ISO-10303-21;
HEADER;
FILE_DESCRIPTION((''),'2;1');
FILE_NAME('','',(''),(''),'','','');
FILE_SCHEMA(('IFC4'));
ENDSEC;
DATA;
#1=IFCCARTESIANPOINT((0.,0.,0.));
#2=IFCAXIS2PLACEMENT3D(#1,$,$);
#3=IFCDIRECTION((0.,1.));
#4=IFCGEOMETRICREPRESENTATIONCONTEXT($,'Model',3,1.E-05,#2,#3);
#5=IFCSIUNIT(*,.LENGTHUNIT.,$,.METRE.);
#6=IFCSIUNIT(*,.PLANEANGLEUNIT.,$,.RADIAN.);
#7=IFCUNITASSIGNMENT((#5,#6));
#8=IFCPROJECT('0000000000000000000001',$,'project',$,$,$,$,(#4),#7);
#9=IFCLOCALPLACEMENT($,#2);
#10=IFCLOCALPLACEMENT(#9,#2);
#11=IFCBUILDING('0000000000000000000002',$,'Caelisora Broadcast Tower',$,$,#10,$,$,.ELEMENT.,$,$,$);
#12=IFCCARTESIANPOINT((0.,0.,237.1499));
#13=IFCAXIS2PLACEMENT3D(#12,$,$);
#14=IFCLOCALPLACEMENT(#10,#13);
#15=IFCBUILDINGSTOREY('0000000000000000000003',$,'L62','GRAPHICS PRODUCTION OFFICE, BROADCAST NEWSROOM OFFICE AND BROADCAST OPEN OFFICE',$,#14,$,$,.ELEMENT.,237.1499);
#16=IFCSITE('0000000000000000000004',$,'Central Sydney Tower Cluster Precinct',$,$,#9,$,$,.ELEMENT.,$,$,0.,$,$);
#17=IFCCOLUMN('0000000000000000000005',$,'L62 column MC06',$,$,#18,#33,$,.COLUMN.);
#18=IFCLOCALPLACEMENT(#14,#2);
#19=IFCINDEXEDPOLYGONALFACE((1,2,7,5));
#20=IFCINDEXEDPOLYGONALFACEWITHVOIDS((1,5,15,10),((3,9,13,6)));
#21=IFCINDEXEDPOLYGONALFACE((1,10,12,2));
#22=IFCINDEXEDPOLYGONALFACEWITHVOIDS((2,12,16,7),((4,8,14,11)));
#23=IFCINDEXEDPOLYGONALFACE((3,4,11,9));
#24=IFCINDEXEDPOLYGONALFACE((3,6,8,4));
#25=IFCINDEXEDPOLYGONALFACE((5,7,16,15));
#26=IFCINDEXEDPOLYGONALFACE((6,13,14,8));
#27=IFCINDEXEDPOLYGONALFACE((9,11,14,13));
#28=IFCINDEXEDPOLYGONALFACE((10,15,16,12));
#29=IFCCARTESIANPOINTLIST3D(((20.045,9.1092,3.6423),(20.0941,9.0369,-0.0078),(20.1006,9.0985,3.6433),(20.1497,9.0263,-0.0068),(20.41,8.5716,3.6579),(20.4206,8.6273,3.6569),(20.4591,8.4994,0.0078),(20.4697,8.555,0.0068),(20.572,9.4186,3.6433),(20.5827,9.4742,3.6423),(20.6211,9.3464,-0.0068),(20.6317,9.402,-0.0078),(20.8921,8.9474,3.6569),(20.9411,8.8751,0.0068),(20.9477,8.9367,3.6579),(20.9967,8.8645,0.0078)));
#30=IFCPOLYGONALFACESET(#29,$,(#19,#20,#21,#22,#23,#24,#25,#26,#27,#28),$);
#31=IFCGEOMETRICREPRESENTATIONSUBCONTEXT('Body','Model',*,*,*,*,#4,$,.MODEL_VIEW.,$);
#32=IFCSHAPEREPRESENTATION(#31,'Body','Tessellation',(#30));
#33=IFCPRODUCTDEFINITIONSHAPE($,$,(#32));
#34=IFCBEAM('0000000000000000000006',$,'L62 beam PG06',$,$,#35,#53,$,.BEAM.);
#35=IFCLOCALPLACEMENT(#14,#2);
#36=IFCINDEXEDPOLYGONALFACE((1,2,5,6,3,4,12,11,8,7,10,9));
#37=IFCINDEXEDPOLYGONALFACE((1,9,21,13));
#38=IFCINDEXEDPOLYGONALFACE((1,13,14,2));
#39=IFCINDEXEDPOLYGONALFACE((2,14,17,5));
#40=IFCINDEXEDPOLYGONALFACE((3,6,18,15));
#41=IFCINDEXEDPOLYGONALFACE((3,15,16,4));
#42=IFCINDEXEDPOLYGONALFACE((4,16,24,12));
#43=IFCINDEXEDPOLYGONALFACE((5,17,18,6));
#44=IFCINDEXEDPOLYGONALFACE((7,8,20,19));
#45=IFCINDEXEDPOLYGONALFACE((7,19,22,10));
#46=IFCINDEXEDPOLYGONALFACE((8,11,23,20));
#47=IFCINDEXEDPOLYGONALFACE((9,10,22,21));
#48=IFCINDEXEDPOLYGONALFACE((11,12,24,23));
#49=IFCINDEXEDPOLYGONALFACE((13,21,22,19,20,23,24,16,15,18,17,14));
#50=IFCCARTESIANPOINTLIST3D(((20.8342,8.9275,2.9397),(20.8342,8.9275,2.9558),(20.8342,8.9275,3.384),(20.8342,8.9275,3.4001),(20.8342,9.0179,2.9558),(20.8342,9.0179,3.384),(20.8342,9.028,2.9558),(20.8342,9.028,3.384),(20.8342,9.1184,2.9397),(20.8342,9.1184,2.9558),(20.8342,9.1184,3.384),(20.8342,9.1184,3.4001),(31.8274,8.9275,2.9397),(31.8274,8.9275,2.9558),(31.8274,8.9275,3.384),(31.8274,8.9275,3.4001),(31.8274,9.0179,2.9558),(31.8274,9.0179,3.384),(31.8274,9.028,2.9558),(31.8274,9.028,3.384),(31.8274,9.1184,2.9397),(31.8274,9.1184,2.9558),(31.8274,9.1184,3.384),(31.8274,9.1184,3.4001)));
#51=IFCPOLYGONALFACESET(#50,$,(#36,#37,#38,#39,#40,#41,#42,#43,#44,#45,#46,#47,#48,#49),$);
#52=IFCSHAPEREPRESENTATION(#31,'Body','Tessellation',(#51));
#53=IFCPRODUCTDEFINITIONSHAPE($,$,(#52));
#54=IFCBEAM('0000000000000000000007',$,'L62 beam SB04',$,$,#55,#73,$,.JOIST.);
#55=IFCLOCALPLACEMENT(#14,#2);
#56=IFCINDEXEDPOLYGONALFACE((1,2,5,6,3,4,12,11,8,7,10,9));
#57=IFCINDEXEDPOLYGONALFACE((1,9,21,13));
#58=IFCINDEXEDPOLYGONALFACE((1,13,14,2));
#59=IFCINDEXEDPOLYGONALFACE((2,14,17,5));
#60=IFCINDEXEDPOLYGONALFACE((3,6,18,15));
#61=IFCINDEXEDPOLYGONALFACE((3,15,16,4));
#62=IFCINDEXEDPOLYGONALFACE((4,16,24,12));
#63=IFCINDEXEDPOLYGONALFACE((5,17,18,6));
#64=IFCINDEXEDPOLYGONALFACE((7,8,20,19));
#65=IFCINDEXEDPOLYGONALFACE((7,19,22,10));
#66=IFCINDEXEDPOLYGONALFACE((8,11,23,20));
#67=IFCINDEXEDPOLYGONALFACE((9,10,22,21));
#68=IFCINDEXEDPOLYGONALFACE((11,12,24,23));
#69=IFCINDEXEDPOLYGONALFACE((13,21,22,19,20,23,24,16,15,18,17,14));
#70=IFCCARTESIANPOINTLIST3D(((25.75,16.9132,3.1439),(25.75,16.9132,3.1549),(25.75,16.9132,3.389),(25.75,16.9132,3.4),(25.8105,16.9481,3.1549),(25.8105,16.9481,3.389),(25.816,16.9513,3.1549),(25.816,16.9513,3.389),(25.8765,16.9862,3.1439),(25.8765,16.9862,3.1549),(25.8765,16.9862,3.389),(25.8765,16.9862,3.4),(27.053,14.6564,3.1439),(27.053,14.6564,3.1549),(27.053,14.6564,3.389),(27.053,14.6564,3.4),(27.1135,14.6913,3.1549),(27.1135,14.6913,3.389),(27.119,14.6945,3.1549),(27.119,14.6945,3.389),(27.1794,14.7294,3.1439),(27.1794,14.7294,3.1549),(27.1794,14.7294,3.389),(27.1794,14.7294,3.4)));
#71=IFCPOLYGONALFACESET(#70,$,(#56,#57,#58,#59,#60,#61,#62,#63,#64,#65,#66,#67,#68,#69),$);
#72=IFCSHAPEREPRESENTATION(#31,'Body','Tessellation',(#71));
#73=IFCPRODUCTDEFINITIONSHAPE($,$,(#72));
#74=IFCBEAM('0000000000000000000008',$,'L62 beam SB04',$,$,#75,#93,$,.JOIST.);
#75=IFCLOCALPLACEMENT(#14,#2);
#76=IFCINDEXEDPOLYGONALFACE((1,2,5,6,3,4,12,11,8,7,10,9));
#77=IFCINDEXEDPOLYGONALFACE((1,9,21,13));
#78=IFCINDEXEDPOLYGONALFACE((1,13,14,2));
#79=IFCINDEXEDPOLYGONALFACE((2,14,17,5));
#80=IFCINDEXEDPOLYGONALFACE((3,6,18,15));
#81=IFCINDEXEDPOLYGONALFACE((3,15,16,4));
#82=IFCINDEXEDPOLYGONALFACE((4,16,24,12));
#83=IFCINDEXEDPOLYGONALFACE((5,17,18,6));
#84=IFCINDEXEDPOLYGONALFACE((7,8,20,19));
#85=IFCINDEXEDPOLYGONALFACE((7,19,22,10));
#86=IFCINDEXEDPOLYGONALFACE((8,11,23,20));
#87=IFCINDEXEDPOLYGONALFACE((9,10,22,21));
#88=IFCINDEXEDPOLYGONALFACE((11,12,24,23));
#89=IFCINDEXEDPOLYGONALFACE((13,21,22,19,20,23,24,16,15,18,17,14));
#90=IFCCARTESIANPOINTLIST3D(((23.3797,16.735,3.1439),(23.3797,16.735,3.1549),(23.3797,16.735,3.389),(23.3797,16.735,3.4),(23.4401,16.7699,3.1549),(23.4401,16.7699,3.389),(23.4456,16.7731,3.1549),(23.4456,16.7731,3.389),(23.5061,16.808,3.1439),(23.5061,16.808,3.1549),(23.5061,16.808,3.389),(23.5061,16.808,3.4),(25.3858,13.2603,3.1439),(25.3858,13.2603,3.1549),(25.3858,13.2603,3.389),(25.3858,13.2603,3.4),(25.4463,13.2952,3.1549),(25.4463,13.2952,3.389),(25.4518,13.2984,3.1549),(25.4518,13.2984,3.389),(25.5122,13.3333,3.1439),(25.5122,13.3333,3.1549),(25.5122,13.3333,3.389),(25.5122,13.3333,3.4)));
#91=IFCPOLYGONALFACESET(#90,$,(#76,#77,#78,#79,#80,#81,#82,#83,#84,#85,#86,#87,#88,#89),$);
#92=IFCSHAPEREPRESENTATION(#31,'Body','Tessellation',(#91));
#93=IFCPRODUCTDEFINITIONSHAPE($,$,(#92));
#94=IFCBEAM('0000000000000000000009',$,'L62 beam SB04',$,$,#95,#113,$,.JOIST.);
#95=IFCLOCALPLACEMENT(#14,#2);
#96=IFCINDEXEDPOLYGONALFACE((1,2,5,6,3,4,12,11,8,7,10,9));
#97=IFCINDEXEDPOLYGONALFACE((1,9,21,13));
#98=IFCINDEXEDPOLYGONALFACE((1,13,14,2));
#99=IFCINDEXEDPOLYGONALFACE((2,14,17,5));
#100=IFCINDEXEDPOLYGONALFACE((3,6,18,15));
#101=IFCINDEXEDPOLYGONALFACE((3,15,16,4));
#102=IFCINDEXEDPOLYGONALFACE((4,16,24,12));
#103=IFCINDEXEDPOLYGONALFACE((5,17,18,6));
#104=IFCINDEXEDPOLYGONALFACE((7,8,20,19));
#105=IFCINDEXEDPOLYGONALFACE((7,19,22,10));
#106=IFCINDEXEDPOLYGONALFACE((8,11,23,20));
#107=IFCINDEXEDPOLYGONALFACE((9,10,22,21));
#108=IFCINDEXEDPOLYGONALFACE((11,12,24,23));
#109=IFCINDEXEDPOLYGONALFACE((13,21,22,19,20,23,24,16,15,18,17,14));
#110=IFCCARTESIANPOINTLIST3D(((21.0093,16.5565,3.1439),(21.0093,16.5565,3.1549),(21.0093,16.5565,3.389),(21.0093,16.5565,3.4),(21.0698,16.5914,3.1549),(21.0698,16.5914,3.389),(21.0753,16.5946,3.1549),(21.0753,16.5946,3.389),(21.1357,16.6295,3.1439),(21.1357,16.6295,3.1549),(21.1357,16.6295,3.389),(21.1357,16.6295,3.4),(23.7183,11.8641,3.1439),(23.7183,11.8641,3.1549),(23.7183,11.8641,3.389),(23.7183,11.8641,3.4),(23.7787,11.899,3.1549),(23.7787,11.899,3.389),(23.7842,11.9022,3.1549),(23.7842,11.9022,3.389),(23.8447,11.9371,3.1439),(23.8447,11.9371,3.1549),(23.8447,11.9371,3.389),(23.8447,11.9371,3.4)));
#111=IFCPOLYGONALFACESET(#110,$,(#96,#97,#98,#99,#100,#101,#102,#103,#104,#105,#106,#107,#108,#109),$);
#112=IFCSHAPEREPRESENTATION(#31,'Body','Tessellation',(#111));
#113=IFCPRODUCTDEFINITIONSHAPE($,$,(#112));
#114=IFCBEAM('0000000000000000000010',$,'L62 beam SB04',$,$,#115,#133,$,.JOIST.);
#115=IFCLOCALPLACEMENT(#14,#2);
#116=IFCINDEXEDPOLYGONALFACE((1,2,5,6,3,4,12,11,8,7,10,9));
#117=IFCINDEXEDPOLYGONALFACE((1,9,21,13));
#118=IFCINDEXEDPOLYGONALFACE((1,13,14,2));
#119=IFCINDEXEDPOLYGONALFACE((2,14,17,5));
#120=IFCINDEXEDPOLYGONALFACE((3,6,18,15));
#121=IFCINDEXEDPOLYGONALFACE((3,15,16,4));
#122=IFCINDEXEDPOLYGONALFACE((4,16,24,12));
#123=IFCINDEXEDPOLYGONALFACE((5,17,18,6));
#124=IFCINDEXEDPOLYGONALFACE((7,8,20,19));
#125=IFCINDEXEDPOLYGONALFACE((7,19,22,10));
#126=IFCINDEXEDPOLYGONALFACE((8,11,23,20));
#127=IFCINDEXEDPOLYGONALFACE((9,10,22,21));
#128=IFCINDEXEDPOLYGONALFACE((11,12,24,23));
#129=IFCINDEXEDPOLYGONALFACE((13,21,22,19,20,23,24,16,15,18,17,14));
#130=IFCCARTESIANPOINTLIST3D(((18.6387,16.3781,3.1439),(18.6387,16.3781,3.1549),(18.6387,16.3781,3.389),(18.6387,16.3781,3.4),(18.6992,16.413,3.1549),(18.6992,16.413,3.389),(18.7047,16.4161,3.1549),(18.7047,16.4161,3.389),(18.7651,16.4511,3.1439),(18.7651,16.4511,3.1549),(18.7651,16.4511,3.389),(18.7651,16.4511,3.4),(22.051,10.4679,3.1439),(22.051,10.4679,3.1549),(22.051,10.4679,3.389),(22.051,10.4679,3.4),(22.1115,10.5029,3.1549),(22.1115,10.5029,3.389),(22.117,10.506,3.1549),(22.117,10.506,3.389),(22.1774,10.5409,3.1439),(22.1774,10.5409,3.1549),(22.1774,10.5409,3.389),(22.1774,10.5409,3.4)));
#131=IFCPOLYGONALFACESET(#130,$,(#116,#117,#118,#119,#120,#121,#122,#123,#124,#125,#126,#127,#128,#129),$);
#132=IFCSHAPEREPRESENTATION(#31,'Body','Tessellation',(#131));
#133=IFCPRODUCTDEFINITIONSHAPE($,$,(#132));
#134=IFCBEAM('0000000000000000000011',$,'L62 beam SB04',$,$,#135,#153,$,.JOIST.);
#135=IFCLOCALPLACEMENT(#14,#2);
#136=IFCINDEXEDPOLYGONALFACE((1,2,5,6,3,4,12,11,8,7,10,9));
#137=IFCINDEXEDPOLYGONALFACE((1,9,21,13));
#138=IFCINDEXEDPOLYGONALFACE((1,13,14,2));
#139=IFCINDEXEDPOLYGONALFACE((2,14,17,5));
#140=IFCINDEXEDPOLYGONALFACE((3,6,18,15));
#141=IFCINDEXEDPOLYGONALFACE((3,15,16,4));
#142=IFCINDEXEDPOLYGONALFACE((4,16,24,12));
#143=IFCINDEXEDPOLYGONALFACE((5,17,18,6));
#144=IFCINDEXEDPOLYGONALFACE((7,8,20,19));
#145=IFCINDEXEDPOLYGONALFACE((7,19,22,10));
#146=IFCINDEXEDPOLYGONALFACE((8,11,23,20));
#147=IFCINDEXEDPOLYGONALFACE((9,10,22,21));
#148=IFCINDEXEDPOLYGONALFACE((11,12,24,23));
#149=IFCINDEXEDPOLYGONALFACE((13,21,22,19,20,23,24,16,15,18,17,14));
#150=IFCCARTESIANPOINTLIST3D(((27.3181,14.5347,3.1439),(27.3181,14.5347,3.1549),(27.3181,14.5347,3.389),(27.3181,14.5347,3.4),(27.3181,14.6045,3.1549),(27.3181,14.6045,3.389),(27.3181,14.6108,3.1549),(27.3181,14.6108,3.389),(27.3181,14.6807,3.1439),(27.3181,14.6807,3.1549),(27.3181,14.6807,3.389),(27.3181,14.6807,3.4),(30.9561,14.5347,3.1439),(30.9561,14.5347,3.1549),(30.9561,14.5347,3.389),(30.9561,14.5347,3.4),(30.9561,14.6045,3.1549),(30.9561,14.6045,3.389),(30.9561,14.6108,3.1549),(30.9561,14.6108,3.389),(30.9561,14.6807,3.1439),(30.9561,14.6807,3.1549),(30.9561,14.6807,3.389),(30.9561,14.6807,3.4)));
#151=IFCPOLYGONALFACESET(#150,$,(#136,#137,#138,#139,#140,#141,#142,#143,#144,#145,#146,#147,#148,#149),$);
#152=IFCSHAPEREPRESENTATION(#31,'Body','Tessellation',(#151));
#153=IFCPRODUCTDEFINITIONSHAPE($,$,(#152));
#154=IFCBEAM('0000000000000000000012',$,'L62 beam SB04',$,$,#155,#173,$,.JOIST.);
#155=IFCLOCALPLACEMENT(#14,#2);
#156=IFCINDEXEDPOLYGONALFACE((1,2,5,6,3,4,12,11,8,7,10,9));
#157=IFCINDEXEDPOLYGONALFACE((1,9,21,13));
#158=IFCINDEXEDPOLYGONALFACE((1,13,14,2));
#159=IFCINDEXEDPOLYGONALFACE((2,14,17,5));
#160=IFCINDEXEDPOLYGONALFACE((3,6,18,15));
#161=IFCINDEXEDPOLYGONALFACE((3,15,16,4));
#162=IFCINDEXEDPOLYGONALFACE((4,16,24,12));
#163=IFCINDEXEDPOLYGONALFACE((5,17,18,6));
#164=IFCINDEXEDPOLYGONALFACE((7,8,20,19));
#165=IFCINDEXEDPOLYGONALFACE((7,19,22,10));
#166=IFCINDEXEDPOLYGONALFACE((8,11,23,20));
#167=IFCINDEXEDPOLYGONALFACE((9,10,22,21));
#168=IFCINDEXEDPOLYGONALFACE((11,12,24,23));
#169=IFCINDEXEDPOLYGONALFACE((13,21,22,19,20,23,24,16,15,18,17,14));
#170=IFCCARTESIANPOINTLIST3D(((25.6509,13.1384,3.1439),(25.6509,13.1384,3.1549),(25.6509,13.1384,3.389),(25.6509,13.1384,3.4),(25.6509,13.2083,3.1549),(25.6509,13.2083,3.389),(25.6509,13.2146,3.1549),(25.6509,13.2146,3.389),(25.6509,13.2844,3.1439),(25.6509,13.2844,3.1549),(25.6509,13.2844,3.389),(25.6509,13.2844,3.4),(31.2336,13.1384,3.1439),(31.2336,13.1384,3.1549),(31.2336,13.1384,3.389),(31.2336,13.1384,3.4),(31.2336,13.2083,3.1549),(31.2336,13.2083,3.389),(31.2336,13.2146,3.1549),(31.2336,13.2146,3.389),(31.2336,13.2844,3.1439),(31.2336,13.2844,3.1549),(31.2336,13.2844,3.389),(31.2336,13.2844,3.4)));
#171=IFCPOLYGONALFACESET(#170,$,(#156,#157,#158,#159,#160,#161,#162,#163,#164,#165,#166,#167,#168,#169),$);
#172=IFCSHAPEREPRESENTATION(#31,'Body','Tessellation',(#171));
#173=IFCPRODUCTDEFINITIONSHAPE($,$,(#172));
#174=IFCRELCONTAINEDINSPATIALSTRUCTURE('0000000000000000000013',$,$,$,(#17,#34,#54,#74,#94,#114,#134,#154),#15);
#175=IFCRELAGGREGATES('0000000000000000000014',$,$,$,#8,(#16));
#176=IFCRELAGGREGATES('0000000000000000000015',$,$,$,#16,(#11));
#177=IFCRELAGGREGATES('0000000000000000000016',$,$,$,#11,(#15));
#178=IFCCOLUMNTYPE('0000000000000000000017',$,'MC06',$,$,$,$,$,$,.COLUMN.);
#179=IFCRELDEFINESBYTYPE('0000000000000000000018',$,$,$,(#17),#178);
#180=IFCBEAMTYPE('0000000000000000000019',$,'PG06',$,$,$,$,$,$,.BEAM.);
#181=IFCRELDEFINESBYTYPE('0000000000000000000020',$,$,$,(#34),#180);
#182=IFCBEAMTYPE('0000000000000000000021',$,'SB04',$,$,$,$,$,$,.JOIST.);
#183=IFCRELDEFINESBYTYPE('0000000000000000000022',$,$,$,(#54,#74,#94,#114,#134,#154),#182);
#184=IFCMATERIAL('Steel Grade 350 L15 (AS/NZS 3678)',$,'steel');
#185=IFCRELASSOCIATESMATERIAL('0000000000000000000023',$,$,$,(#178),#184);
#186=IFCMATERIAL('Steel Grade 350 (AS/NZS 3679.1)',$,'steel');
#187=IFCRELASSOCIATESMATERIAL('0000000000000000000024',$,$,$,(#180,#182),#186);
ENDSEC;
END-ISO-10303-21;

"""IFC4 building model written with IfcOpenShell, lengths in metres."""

from ifc_helpers import new_model, si_unit, direction, frame, origin, origin_2d, place, context, subcontext, project, spatial, hollow_rectangle, i_section, extrude, source, transform, mapped, material, material_profile, profile_set, type_object, type_shapes, element, save


model = new_model("IFC4")

# Units and contexts
model_context = context("Model", 3, precision=1e-05, world=origin(), true_north=direction((0.0, 1.0)))
body_context = subcontext(model_context, "Body", "Model", "MODEL_VIEW")
ifc_project = project(units=[si_unit("LENGTHUNIT", "METRE"), si_unit("PLANEANGLEUNIT", "RADIAN")], contexts=[model_context])

# Site, building, storey
site_placement = place(None, origin())
site = spatial("IfcSite", under=ifc_project, at=site_placement, Name="Central Sydney Tower Cluster Precinct", CompositionType="ELEMENT", RefElevation=0.0)
building_placement = place(site_placement, origin())
building = spatial("IfcBuilding", under=site, at=building_placement, Name="Caelisora Broadcast Tower", CompositionType="ELEMENT")
storey_placement = place(building_placement, frame((0.0, 0.0, 237.1499)))
storey = spatial("IfcBuildingStorey", under=building, at=storey_placement, Name="L62", Description="GRAPHICS PRODUCTION OFFICE, BROADCAST NEWSROOM OFFICE AND BROADCAST OPEN OFFICE", CompositionType="ELEMENT", Elevation=237.1499)

# Column
ifc_material_1 = material(Name="Steel Grade 350 L15 (AS/NZS 3678)", Category="steel")
ifc_material_profile_1 = material_profile(ifc_material_1, hollow_rectangle(XDim=0.6499, YDim=0.6499, WallThickness=0.04, at=origin_2d()), Name="Steel Grade 350 L15 (AS/NZS 3678)")
ifc_profile_set_1 = profile_set([ifc_material_profile_1], Name="Steel Grade 350 L15 (AS/NZS 3678)")
column_type = type_object("IfcColumnType", Name="MC06", PredefinedType="COLUMN", material=ifc_profile_set_1)
shared_shape_1 = source(origin(), body_context, "Body", "SweptSolid", [
    extrude(hollow_rectangle(XDim=0.6499, YDim=0.6499, WallThickness=0.04, at=origin_2d()), origin(), (0.0, 0.0, 1.0), 3.6511),
])
type_shapes(column_type, [shared_shape_1])
column_placement = place(storey_placement, frame((20.5454, 8.9507, 0.0), z_axis=(-0.01344, 0.019792, 0.999714), x_axis=(-0.82729, -0.561775, 0.0)))
element("IfcColumn", 1, at=column_placement, inside=storey, type_object=column_type, Name="L62 column MC06", PredefinedType="COLUMN", context=body_context, shape_type="MappedRepresentation", body=[
    mapped(shared_shape_1, transform((0.0, 0.0, 0.0), scale=1.0)),
])

# Beams
ifc_material_2 = material(Name="Steel Grade 350 (AS/NZS 3679.1)", Category="steel")
ifc_material_profile_2 = material_profile(ifc_material_2, i_section(OverallWidth=0.1909, OverallDepth=0.4604, WebThickness=0.01, FlangeThickness=0.0161, at=origin_2d()), Name="Steel Grade 350 (AS/NZS 3679.1)")
ifc_profile_set_2 = profile_set([ifc_material_profile_2], Name="Steel Grade 350 (AS/NZS 3679.1)")
beam_type_1 = type_object("IfcBeamType", Name="PG06", PredefinedType="BEAM", material=ifc_profile_set_2)
shared_shape_2 = source(origin(), body_context, "Body", "SweptSolid", [
    extrude(i_section(OverallWidth=0.1909, OverallDepth=0.4604, WebThickness=0.01, FlangeThickness=0.0161, at=origin_2d()), origin(), (0.0, 0.0, 1.0), 10.9932),
])
type_shapes(beam_type_1, [shared_shape_2])
beam_1_placement = place(storey_placement, frame((20.8342, 9.0229, 3.1699), z_axis=(1.0, 0.0, 0.0), x_axis=(0.0, 1.0, 0.0)))
element("IfcBeam", 2, at=beam_1_placement, inside=storey, type_object=beam_type_1, Name="L62 beam PG06", PredefinedType="BEAM", context=body_context, shape_type="MappedRepresentation", body=[
    mapped(shared_shape_2, transform((0.0, 0.0, 0.0), scale=1.0)),
])
ifc_material_profile_3 = material_profile(ifc_material_2, i_section(OverallWidth=0.146, OverallDepth=0.2561, WebThickness=0.0063, FlangeThickness=0.011, at=origin_2d()), Name="Steel Grade 350 (AS/NZS 3679.1)")
ifc_profile_set_3 = profile_set([ifc_material_profile_3], Name="Steel Grade 350 (AS/NZS 3679.1)")
beam_type_2 = type_object("IfcBeamType", Name="SB04", PredefinedType="JOIST", material=ifc_profile_set_3)
shared_shape_3 = source(origin(), body_context, "Body", "SweptSolid", [
    extrude(i_section(OverallWidth=0.146, OverallDepth=0.2561, WebThickness=0.0063, FlangeThickness=0.011, at=origin_2d()), origin(), (0.0, 0.0, 1.0), 2.606),
])
beam_2_placement = place(storey_placement, frame((25.8132, 16.9497, 3.272), z_axis=(0.499998, -0.866026, 0.0), x_axis=(0.866026, 0.499998, 0.0)))
element("IfcBeam", 3, at=beam_2_placement, inside=storey, type_object=beam_type_2, Name="L62 beam SB04", PredefinedType="JOIST", context=body_context, shape_type="MappedRepresentation", body=[
    mapped(shared_shape_3, transform((0.0, 0.0, 0.0), scale=1.0)),
])
shared_shape_4 = source(origin(), body_context, "Body", "SweptSolid", [
    extrude(i_section(OverallWidth=0.146, OverallDepth=0.2561, WebThickness=0.0063, FlangeThickness=0.011, at=origin_2d()), origin(), (0.0, 0.0, 1.0), 4.0122),
])
beam_3_placement = place(storey_placement, frame((23.4429, 16.7715, 3.272), z_axis=(0.500007, -0.866021, 0.0), x_axis=(0.866021, 0.500007, 0.0)))
element("IfcBeam", 4, at=beam_3_placement, inside=storey, type_object=beam_type_2, Name="L62 beam SB04", PredefinedType="JOIST", context=body_context, shape_type="MappedRepresentation", body=[
    mapped(shared_shape_4, transform((0.0, 0.0, 0.0), scale=1.0)),
])
shared_shape_5 = source(origin(), body_context, "Body", "SweptSolid", [
    extrude(i_section(OverallWidth=0.146, OverallDepth=0.2561, WebThickness=0.0063, FlangeThickness=0.011, at=origin_2d()), origin(), (0.0, 0.0, 1.0), 5.4182),
])
beam_4_placement = place(storey_placement, frame((21.0725, 16.593, 3.272), z_axis=(0.499977, -0.866039, 0.0), x_axis=(0.866039, 0.499977, 0.0)))
element("IfcBeam", 5, at=beam_4_placement, inside=storey, type_object=beam_type_2, Name="L62 beam SB04", PredefinedType="JOIST", context=body_context, shape_type="MappedRepresentation", body=[
    mapped(shared_shape_5, transform((0.0, 0.0, 0.0), scale=1.0)),
])
shared_shape_6 = source(origin(), body_context, "Body", "SweptSolid", [
    extrude(i_section(OverallWidth=0.146, OverallDepth=0.2561, WebThickness=0.0063, FlangeThickness=0.011, at=origin_2d()), origin(), (0.0, 0.0, 1.0), 6.8245),
])
beam_5_placement = place(storey_placement, frame((18.7019, 16.4146, 3.272), z_axis=(0.500014, -0.866018, 0.0), x_axis=(0.866018, 0.500014, 0.0)))
element("IfcBeam", 6, at=beam_5_placement, inside=storey, type_object=beam_type_2, Name="L62 beam SB04", PredefinedType="JOIST", context=body_context, shape_type="MappedRepresentation", body=[
    mapped(shared_shape_6, transform((0.0, 0.0, 0.0), scale=1.0)),
])
shared_shape_7 = source(origin(), body_context, "Body", "SweptSolid", [
    extrude(i_section(OverallWidth=0.146, OverallDepth=0.2561, WebThickness=0.0063, FlangeThickness=0.011, at=origin_2d()), origin(), (0.0, 0.0, 1.0), 3.6379),
])
beam_6_placement = place(storey_placement, frame((27.3181, 14.6077, 3.272), z_axis=(1.0, 0.0, 0.0), x_axis=(0.0, 1.0, 0.0)))
element("IfcBeam", 7, at=beam_6_placement, inside=storey, type_object=beam_type_2, Name="L62 beam SB04", PredefinedType="JOIST", context=body_context, shape_type="MappedRepresentation", body=[
    mapped(shared_shape_7, transform((0.0, 0.0, 0.0), scale=1.0)),
])
shared_shape_8 = source(origin(), body_context, "Body", "SweptSolid", [
    extrude(i_section(OverallWidth=0.146, OverallDepth=0.2561, WebThickness=0.0063, FlangeThickness=0.011, at=origin_2d()), origin(), (0.0, 0.0, 1.0), 5.5828),
])
beam_7_placement = place(storey_placement, frame((25.6509, 13.2114, 3.272), z_axis=(1.0, 0.0, 0.0), x_axis=(0.0, 1.0, 0.0)))
element("IfcBeam", 8, at=beam_7_placement, inside=storey, type_object=beam_type_2, Name="L62 beam SB04", PredefinedType="JOIST", context=body_context, shape_type="MappedRepresentation", body=[
    mapped(shared_shape_8, transform((0.0, 0.0, 0.0), scale=1.0)),
])

save(model, "model.ifc")
